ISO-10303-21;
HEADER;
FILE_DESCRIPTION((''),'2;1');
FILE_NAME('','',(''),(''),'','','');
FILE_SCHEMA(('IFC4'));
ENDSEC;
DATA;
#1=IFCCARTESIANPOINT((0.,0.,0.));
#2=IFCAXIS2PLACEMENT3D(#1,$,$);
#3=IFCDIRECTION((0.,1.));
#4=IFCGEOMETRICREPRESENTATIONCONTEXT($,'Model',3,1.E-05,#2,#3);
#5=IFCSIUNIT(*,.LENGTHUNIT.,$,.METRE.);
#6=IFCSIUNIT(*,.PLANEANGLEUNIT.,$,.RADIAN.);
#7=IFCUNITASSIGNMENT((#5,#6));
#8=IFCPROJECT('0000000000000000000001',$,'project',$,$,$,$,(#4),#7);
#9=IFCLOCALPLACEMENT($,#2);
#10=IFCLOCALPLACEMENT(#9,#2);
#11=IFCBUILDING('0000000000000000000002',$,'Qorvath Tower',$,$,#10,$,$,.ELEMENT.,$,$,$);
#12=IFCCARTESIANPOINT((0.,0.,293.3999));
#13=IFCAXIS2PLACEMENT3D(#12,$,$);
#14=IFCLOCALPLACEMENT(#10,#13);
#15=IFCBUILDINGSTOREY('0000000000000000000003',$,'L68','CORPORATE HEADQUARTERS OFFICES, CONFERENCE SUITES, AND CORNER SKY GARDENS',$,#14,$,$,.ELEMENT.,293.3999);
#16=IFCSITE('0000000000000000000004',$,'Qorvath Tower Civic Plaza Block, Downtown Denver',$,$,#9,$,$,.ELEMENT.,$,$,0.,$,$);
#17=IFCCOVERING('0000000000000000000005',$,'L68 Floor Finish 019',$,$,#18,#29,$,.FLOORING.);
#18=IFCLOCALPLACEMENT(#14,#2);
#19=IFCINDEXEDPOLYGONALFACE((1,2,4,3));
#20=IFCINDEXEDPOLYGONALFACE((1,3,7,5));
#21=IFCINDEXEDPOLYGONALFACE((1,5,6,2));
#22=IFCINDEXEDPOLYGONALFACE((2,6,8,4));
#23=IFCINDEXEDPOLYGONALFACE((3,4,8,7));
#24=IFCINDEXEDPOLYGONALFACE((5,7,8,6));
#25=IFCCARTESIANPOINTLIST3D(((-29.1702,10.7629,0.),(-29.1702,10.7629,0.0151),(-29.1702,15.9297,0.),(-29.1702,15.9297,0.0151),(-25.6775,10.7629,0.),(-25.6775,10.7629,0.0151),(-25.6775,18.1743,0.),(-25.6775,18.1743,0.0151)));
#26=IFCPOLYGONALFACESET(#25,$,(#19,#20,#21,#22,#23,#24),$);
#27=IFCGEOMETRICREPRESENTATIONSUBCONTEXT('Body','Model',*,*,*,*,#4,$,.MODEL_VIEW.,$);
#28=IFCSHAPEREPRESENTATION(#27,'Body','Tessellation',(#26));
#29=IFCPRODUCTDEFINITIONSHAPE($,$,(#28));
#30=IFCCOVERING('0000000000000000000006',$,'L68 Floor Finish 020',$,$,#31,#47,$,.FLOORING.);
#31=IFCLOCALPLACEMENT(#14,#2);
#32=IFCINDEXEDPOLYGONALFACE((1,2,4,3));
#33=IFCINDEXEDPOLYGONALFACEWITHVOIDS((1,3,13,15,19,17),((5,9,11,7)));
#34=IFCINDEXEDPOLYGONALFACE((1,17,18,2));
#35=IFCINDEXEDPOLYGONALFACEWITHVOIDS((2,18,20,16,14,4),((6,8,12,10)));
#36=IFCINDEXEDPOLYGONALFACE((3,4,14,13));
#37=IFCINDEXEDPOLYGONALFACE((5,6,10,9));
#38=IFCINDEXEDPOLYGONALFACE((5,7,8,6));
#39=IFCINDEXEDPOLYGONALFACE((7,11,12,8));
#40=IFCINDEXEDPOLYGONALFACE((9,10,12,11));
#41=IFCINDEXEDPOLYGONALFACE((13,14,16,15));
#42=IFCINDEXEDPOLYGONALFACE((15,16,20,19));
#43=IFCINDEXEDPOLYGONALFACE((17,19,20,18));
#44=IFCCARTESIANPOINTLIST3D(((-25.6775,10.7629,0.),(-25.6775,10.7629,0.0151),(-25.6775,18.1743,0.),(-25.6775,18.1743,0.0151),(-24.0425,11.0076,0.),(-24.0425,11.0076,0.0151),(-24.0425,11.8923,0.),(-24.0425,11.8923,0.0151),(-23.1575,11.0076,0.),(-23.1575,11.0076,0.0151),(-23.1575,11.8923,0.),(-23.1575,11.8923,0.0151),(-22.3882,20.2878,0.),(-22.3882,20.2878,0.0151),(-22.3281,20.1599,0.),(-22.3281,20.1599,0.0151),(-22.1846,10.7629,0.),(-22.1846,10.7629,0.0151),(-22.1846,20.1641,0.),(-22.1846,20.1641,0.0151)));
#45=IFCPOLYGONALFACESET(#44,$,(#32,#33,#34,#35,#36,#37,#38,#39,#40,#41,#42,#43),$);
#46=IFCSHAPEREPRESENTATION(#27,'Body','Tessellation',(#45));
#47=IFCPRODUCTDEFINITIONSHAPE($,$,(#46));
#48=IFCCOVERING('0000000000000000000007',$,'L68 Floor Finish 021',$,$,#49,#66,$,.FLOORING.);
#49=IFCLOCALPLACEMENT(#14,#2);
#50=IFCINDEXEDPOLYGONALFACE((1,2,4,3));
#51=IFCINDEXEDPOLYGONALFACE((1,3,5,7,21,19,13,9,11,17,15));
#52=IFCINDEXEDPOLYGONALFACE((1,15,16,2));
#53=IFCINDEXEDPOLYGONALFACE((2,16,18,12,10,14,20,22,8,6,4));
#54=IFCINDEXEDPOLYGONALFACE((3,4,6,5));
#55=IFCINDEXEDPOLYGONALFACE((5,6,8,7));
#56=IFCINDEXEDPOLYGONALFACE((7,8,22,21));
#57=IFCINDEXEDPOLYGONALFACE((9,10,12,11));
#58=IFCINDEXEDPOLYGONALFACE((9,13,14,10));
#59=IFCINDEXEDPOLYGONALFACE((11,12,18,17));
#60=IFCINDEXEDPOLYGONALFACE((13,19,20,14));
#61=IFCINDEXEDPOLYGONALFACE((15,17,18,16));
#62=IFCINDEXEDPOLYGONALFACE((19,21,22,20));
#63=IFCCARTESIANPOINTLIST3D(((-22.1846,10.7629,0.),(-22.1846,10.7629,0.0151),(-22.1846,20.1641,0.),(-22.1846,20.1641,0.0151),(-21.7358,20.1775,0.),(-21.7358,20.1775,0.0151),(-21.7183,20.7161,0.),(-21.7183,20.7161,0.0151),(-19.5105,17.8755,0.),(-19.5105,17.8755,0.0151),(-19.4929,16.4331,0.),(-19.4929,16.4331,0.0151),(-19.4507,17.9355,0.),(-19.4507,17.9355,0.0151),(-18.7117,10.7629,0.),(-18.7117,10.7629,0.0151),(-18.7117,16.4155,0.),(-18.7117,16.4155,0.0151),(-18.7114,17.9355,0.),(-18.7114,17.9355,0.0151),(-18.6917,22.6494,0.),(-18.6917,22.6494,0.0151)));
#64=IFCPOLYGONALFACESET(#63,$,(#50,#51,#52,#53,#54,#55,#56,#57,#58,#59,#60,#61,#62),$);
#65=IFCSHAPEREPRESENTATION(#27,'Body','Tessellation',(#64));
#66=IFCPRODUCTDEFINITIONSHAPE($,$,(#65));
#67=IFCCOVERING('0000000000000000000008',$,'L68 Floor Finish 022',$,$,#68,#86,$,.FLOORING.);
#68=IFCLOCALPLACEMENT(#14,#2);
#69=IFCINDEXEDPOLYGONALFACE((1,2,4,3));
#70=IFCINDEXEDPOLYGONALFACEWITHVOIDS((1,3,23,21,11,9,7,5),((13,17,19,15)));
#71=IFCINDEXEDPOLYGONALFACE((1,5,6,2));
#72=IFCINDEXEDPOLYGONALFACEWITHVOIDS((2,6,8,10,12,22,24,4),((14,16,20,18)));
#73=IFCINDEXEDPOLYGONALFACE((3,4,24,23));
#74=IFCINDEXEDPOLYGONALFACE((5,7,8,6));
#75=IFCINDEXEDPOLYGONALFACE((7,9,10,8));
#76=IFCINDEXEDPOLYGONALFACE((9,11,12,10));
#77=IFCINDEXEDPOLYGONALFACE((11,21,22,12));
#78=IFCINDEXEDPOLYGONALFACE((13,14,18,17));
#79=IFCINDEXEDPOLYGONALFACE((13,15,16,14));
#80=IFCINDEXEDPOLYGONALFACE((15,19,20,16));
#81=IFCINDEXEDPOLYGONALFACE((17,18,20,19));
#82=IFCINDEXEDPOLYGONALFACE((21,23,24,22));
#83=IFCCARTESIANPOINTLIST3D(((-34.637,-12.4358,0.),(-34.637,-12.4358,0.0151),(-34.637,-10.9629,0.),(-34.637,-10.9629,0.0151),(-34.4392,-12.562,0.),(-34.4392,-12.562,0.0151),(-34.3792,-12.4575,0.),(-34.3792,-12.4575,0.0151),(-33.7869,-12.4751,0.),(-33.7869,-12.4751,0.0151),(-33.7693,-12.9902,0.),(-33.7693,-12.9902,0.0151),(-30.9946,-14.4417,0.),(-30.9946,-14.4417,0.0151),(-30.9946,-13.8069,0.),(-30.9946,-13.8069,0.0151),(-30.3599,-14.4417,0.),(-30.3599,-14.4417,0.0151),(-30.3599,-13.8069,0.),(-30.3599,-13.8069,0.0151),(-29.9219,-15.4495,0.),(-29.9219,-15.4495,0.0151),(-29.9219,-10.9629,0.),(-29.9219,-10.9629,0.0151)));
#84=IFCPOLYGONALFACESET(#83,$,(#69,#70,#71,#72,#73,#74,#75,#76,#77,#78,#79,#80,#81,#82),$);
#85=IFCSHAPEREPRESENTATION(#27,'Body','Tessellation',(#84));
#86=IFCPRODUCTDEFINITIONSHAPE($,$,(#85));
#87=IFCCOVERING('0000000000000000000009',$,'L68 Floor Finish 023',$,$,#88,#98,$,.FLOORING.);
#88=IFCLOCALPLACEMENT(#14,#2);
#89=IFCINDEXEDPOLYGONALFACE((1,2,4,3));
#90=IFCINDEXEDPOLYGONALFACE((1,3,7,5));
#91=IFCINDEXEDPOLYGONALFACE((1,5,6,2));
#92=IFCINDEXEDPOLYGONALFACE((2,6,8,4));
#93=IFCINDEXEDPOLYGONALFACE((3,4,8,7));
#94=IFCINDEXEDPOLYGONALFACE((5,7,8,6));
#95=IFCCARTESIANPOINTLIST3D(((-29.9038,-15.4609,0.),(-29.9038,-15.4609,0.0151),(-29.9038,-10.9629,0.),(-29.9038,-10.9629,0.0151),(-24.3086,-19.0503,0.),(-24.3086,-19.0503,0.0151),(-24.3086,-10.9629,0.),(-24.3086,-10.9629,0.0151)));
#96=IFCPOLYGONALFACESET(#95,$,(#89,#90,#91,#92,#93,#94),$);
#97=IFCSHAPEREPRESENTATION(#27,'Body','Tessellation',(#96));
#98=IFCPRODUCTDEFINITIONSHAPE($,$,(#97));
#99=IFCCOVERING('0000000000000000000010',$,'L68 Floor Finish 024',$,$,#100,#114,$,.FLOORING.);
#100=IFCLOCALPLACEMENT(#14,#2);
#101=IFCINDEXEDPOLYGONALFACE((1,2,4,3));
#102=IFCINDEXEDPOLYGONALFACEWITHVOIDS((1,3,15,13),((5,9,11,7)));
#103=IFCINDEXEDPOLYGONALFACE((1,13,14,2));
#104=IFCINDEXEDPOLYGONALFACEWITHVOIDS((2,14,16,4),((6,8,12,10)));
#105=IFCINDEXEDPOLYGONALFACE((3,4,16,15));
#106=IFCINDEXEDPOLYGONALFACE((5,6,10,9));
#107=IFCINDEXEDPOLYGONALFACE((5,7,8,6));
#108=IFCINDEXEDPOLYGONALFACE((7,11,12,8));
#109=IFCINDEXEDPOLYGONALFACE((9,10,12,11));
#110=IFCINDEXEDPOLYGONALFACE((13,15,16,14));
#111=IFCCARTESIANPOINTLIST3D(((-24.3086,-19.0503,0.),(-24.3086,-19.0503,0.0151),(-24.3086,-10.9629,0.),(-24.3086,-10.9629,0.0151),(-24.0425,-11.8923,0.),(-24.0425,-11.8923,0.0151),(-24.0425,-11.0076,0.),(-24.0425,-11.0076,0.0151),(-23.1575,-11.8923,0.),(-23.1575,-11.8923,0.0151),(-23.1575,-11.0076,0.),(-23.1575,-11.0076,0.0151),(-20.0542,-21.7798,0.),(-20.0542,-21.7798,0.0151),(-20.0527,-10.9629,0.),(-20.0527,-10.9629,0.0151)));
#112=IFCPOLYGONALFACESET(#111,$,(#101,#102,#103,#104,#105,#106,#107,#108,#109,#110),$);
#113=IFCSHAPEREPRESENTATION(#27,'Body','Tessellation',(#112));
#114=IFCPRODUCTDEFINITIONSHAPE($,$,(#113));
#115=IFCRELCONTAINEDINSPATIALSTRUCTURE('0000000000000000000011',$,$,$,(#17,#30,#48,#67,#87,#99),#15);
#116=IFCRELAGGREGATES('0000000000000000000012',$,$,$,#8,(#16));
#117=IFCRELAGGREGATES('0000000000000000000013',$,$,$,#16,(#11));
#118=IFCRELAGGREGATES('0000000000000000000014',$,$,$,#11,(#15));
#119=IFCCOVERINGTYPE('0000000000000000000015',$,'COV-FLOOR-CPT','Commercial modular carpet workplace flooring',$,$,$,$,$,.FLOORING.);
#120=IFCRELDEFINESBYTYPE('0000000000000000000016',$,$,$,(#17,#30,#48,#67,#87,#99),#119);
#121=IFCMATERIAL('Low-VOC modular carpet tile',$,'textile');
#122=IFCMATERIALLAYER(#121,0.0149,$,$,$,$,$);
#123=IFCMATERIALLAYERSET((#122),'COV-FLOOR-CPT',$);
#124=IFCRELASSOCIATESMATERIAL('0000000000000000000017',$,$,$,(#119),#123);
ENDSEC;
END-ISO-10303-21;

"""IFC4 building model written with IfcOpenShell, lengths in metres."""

from ifc_helpers import new_model, si_unit, direction, frame, origin, place, context, subcontext, project, spatial, polyline, outline, extrude, material, layer, layer_set, type_object, element, save


model = new_model("IFC4")

# Units and contexts
model_context = context("Model", 3, precision=1e-05, world=origin(), true_north=direction((0.0, 1.0)))
body_context = subcontext(model_context, "Body", "Model", "MODEL_VIEW")
ifc_project = project(units=[si_unit("LENGTHUNIT", "METRE"), si_unit("PLANEANGLEUNIT", "RADIAN")], contexts=[model_context])

# Site, building, storey
site_placement = place(None, origin())
site = spatial("IfcSite", under=ifc_project, at=site_placement, Name="Qorvath Tower Civic Plaza Block, Downtown Denver", CompositionType="ELEMENT", RefElevation=0.0)
building_placement = place(site_placement, origin())
building = spatial("IfcBuilding", under=site, at=building_placement, Name="Qorvath Tower", CompositionType="ELEMENT")
storey_placement = place(building_placement, frame((0.0, 0.0, 293.3999)))
storey = spatial("IfcBuildingStorey", under=building, at=storey_placement, Name="L68", Description="CORPORATE HEADQUARTERS OFFICES, CONFERENCE SUITES, AND CORNER SKY GARDENS", CompositionType="ELEMENT", Elevation=293.3999)

# Coverings
ifc_material_1 = material(Name="Low-VOC modular carpet tile", Category="textile")
ifc_layer_1 = layer(ifc_material_1, 0.0149)
ifc_layer_set_1 = layer_set([ifc_layer_1], Name="COV-FLOOR-CPT")
covering_type_1 = type_object("IfcCoveringType", Name="COV-FLOOR-CPT", Description="Commercial modular carpet workplace flooring", PredefinedType="FLOORING", material=ifc_layer_set_1)
covering_1_placement = place(storey_placement, origin())
element("IfcCovering", 1, at=covering_1_placement, inside=storey, type_object=covering_type_1, Name="L68 Floor Finish 019", PredefinedType="FLOORING", context=body_context, shape_type="SweptSolid", body=[
    extrude(outline(polyline([(-25.6775, 10.7629), (-25.6775, 18.1743), (-29.1702, 15.9297), (-29.1702, 10.7629), (-25.6775, 10.7629)])), origin(), (0.0, 0.0, 1.0), 0.0151),
])
covering_2_placement = place(storey_placement, origin())
element("IfcCovering", 2, at=covering_2_placement, inside=storey, type_object=covering_type_1, Name="L68 Floor Finish 020", PredefinedType="FLOORING", context=body_context, shape_type="SweptSolid", body=[
    extrude(outline(polyline([(-22.3882, 20.2878), (-25.6775, 18.1743), (-25.6775, 10.7629), (-22.1846, 10.7629), (-22.1846, 20.1641), (-22.3281, 20.1599), (-22.3882, 20.2878)]), holes=[polyline([(-24.0425, 11.0076), (-24.0425, 11.8923), (-23.1575, 11.8923), (-23.1575, 11.0076), (-24.0425, 11.0076)])]), origin(), (0.0, 0.0, 1.0), 0.0151),
])
covering_3_placement = place(storey_placement, origin())
element("IfcCovering", 3, at=covering_3_placement, inside=storey, type_object=covering_type_1, Name="L68 Floor Finish 021", PredefinedType="FLOORING", context=body_context, shape_type="SweptSolid", body=[
    extrude(outline(polyline([(-22.1846, 20.1641), (-22.1846, 10.7629), (-18.7117, 10.7629), (-18.7117, 16.4155), (-19.4929, 16.4331), (-19.5105, 17.8755), (-19.4507, 17.9355), (-18.7114, 17.9355), (-18.6917, 22.6494), (-21.7183, 20.7161), (-21.7358, 20.1775), (-22.1846, 20.1641)])), origin(), (0.0, 0.0, 1.0), 0.0151),
])
covering_4_placement = place(storey_placement, origin())
element("IfcCovering", 4, at=covering_4_placement, inside=storey, type_object=covering_type_1, Name="L68 Floor Finish 022", PredefinedType="FLOORING", context=body_context, shape_type="SweptSolid", body=[
    extrude(outline(polyline([(-34.637, -12.4358), (-34.4392, -12.562), (-34.3792, -12.4575), (-33.7869, -12.4751), (-33.7693, -12.9902), (-29.9219, -15.4495), (-29.9219, -10.9629), (-34.637, -10.9629), (-34.637, -12.4358)]), holes=[polyline([(-30.9946, -13.8069), (-30.3599, -13.8069), (-30.3599, -14.4417), (-30.9946, -14.4417), (-30.9946, -13.8069)])]), origin(), (0.0, 0.0, 1.0), 0.0151),
])
covering_5_placement = place(storey_placement, origin())
element("IfcCovering", 5, at=covering_5_placement, inside=storey, type_object=covering_type_1, Name="L68 Floor Finish 023", PredefinedType="FLOORING", context=body_context, shape_type="SweptSolid", body=[
    extrude(outline(polyline([(-29.9038, -10.9629), (-29.9038, -15.4609), (-24.3086, -19.0503), (-24.3086, -10.9629), (-29.9038, -10.9629)])), origin(), (0.0, 0.0, 1.0), 0.0151),
])
covering_6_placement = place(storey_placement, origin())
element("IfcCovering", 6, at=covering_6_placement, inside=storey, type_object=covering_type_1, Name="L68 Floor Finish 024", PredefinedType="FLOORING", context=body_context, shape_type="SweptSolid", body=[
    extrude(outline(polyline([(-24.3086, -10.9629), (-24.3086, -19.0503), (-20.0542, -21.7798), (-20.0527, -10.9629), (-24.3086, -10.9629)]), holes=[polyline([(-24.0425, -11.8923), (-24.0425, -11.0076), (-23.1575, -11.0076), (-23.1575, -11.8923), (-24.0425, -11.8923)])]), origin(), (0.0, 0.0, 1.0), 0.0151),
])

save(model, "model.ifc")
